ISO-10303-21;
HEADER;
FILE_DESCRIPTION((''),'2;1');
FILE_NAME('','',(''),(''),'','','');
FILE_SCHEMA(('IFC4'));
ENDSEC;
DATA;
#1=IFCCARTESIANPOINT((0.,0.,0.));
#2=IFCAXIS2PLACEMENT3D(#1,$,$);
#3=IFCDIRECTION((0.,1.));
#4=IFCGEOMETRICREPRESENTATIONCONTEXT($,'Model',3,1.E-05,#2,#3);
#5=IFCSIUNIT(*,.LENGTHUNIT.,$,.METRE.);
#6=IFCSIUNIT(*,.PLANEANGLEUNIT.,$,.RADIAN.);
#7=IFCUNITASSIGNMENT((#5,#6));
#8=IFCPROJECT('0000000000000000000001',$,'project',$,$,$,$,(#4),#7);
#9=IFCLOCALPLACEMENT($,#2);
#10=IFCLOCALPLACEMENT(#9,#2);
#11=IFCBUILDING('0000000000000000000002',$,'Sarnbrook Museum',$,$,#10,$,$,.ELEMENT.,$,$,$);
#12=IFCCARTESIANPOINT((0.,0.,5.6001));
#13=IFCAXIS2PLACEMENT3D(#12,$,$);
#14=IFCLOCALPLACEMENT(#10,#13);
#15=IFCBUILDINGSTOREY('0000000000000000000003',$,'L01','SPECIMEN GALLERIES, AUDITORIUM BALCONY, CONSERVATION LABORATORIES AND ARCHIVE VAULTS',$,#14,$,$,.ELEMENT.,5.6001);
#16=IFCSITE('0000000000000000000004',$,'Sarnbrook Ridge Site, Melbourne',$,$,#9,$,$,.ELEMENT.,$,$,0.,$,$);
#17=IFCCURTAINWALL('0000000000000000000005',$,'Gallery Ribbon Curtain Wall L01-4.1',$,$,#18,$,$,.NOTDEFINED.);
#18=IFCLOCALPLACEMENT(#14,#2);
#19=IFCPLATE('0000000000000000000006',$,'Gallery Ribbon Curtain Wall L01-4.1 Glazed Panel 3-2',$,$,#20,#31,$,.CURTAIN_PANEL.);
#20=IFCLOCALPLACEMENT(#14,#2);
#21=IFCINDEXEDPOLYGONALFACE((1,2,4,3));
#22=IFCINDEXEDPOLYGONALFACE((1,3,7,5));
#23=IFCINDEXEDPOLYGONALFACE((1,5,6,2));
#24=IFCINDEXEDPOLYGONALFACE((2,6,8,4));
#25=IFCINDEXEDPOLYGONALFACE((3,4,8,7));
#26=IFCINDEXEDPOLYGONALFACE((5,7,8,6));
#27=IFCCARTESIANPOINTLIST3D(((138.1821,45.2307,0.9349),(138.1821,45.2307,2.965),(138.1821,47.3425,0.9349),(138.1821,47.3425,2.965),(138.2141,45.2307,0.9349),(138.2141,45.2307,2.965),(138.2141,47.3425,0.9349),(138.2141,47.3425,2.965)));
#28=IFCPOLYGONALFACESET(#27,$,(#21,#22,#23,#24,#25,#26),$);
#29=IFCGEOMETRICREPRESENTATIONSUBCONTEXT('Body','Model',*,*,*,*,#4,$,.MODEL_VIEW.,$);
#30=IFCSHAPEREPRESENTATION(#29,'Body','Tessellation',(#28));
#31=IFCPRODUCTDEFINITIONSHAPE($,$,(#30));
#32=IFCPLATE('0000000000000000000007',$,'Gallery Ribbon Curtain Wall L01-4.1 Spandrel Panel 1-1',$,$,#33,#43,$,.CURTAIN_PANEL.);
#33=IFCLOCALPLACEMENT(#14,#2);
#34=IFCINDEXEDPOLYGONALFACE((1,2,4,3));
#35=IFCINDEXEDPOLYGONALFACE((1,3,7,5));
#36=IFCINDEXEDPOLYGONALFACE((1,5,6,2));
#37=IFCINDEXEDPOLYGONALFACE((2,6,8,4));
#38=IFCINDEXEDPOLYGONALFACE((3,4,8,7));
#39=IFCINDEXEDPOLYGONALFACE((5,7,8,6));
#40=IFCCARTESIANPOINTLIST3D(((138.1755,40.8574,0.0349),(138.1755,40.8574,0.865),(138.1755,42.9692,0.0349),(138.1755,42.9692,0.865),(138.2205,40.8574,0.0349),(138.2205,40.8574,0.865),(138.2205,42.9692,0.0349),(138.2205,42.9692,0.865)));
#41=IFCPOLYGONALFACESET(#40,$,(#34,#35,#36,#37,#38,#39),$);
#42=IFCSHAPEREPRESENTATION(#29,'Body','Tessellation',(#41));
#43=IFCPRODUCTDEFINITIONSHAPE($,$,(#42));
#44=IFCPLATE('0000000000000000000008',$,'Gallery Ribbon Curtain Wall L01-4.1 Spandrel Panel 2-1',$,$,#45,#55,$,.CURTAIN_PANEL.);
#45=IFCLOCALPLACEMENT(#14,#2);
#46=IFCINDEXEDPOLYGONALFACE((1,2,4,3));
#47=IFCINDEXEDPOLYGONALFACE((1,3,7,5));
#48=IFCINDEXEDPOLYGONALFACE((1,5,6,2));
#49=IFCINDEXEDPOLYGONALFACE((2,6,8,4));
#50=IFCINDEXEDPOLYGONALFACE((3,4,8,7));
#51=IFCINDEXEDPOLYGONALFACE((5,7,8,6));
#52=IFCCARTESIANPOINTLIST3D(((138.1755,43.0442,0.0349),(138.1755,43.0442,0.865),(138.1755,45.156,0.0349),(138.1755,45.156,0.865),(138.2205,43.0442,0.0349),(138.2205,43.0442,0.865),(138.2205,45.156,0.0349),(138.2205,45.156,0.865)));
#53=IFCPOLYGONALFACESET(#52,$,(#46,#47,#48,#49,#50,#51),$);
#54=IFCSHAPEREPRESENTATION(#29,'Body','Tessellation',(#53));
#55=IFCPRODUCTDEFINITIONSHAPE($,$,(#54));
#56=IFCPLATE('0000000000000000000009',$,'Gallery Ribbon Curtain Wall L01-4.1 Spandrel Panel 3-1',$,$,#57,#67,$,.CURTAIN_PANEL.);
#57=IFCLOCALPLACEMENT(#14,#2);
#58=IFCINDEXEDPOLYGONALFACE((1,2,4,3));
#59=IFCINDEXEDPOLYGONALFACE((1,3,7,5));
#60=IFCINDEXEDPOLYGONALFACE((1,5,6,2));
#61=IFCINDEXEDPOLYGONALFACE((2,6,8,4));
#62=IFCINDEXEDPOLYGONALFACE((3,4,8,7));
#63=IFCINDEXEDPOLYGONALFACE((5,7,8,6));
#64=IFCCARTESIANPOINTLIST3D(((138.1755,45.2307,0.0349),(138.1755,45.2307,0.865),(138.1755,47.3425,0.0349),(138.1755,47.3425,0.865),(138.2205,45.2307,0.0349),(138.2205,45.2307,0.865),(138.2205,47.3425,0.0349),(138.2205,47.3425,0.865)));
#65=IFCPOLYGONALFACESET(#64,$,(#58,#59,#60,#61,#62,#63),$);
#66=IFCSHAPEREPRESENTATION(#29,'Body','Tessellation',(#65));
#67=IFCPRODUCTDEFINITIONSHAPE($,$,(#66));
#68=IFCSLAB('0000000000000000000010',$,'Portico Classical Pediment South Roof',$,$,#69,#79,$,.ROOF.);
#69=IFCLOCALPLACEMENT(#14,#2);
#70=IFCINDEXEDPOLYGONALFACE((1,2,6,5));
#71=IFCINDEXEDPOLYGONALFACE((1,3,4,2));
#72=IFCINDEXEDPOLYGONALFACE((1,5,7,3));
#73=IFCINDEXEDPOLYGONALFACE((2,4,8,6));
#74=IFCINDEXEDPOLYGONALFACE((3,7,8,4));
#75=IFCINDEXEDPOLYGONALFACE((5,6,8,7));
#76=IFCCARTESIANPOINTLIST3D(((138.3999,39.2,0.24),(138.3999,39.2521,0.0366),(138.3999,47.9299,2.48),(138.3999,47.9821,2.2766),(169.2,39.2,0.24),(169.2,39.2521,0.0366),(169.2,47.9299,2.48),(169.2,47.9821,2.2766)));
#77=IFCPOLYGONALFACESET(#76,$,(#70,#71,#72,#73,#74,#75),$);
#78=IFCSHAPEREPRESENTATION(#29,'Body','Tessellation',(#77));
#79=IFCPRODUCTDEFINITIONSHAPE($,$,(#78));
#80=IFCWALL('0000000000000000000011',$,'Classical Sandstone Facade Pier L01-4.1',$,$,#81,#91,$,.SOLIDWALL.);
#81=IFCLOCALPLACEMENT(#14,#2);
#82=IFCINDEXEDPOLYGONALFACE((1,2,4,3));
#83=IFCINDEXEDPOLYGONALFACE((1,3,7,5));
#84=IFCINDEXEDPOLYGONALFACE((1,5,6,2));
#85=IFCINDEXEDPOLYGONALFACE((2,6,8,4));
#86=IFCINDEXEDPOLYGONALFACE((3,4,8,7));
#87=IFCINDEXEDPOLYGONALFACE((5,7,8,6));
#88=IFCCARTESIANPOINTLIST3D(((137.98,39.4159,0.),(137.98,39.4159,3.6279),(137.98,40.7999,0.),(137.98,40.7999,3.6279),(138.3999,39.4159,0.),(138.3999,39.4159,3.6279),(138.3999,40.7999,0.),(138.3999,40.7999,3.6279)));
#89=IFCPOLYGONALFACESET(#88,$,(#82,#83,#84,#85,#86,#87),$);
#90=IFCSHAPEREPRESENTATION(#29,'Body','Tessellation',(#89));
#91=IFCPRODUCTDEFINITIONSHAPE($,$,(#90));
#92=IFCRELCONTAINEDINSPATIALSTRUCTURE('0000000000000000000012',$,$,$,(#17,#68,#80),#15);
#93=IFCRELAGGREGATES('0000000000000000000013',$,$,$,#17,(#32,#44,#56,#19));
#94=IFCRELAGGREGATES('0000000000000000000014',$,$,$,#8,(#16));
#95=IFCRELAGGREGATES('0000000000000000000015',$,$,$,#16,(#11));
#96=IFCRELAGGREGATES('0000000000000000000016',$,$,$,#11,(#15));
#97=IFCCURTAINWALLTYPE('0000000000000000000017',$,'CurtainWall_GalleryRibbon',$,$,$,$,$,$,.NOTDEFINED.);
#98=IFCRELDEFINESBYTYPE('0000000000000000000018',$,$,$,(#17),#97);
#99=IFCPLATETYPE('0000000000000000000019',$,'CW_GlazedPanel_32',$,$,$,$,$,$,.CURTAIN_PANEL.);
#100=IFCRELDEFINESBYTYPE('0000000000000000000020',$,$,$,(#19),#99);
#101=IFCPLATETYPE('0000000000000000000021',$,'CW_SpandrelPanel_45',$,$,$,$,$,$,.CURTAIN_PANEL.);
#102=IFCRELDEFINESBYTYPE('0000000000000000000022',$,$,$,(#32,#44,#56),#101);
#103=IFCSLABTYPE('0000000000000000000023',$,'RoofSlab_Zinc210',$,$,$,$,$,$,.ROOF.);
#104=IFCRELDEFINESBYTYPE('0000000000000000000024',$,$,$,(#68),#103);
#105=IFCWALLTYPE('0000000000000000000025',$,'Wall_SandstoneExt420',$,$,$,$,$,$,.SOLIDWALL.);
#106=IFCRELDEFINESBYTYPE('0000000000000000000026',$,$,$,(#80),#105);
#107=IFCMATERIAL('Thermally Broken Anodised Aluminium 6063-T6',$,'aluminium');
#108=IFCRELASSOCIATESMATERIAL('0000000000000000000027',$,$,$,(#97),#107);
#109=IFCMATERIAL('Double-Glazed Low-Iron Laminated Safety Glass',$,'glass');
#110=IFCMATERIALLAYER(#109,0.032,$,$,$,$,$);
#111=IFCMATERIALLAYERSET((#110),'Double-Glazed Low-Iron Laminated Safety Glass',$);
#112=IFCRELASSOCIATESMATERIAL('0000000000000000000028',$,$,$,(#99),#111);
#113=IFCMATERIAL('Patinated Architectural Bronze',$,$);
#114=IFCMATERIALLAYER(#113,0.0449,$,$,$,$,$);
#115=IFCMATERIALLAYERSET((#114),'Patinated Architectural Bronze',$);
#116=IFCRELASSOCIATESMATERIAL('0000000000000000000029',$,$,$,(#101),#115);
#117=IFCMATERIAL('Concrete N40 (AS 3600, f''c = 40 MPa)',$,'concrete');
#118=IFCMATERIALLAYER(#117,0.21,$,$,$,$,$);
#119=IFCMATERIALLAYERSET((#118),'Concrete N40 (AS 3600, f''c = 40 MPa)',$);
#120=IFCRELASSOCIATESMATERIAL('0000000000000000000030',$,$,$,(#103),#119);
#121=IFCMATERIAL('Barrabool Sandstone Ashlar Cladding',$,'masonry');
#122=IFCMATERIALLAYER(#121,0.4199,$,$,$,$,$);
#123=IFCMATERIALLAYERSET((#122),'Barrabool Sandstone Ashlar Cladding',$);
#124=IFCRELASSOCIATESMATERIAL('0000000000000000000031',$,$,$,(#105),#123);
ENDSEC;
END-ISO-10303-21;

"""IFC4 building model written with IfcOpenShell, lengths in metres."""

from ifc_helpers import new_model, si_unit, direction, frame, frame_2d, origin, origin_2d, place, context, subcontext, project, spatial, polyline, rectangle, outline, extrude, material, layer, layer_set, type_object, element, aggregate, save


model = new_model("IFC4")

# Units and contexts
model_context = context("Model", 3, precision=1e-05, world=origin(), true_north=direction((0.0, 1.0)))
body_context = subcontext(model_context, "Body", "Model", "MODEL_VIEW")
ifc_project = project(units=[si_unit("LENGTHUNIT", "METRE"), si_unit("PLANEANGLEUNIT", "RADIAN")], contexts=[model_context])

# Site, building, storey
site_placement = place(None, origin())
site = spatial("IfcSite", under=ifc_project, at=site_placement, Name="Sarnbrook Ridge Site, Melbourne", CompositionType="ELEMENT", RefElevation=0.0)
building_placement = place(site_placement, origin())
building = spatial("IfcBuilding", under=site, at=building_placement, Name="Sarnbrook Museum", CompositionType="ELEMENT")
storey_placement = place(building_placement, frame((0.0, 0.0, 5.6001)))
storey = spatial("IfcBuildingStorey", under=building, at=storey_placement, Name="L01", Description="SPECIMEN GALLERIES, AUDITORIUM BALCONY, CONSERVATION LABORATORIES AND ARCHIVE VAULTS", CompositionType="ELEMENT", Elevation=5.6001)

# Curtain wall
ifc_material_1 = material(Name="Thermally Broken Anodised Aluminium 6063-T6", Category="aluminium")
curtain_wall_type = type_object("IfcCurtainWallType", Name="CurtainWall_GalleryRibbon", PredefinedType="NOTDEFINED", material=ifc_material_1)
curtain_wall_placement = place(storey_placement, origin())
curtain_wall = element("IfcCurtainWall", 1, at=curtain_wall_placement, inside=storey, type_object=curtain_wall_type, Name="Gallery Ribbon Curtain Wall L01-4.1", PredefinedType="NOTDEFINED")

# Plates
ifc_material_2 = material(Name="Double-Glazed Low-Iron Laminated Safety Glass", Category="glass")
ifc_layer_1 = layer(ifc_material_2, 0.032)
ifc_layer_set_1 = layer_set([ifc_layer_1], Name="Double-Glazed Low-Iron Laminated Safety Glass")
plate_type_1 = type_object("IfcPlateType", Name="CW_GlazedPanel_32", PredefinedType="CURTAIN_PANEL", material=ifc_layer_set_1)
plate_1_placement = place(storey_placement, frame((138.1821, 46.2866, 1.95), z_axis=(1.0, 0.0, 0.0), x_axis=(0.0, 1.0, 0.0)))
plate_1 = element("IfcPlate", 2, at=plate_1_placement, type_object=plate_type_1, Name="Gallery Ribbon Curtain Wall L01-4.1 Glazed Panel 3-2", PredefinedType="CURTAIN_PANEL", context=body_context, shape_type="SweptSolid", body=[
    extrude(rectangle(XDim=2.1118, YDim=2.03, at=origin_2d()), origin(), (0.0, 0.0, 1.0), 0.032),
])
ifc_material_3 = material(Name="Patinated Architectural Bronze")
ifc_layer_2 = layer(ifc_material_3, 0.0449)
ifc_layer_set_2 = layer_set([ifc_layer_2], Name="Patinated Architectural Bronze")
plate_type_2 = type_object("IfcPlateType", Name="CW_SpandrelPanel_45", PredefinedType="CURTAIN_PANEL", material=ifc_layer_set_2)
plate_2_placement = place(storey_placement, frame((138.1755, 41.9133, 0.45), z_axis=(1.0, 0.0, 0.0), x_axis=(0.0, 1.0, 0.0)))
plate_2 = element("IfcPlate", 3, at=plate_2_placement, type_object=plate_type_2, Name="Gallery Ribbon Curtain Wall L01-4.1 Spandrel Panel 1-1", PredefinedType="CURTAIN_PANEL", context=body_context, shape_type="SweptSolid", body=[
    extrude(rectangle(XDim=2.1118, YDim=0.8301, at=origin_2d()), origin(), (0.0, 0.0, 1.0), 0.0449),
])
plate_3_placement = place(storey_placement, frame((138.1755, 44.1001, 0.45), z_axis=(1.0, 0.0, 0.0), x_axis=(0.0, 1.0, 0.0)))
plate_3 = element("IfcPlate", 4, at=plate_3_placement, type_object=plate_type_2, Name="Gallery Ribbon Curtain Wall L01-4.1 Spandrel Panel 2-1", PredefinedType="CURTAIN_PANEL", context=body_context, shape_type="SweptSolid", body=[
    extrude(rectangle(XDim=2.1118, YDim=0.8301, at=origin_2d()), origin(), (0.0, 0.0, 1.0), 0.0449),
])
plate_4_placement = place(storey_placement, frame((138.1755, 46.2866, 0.45), z_axis=(1.0, 0.0, 0.0), x_axis=(0.0, 1.0, 0.0)))
plate_4 = element("IfcPlate", 5, at=plate_4_placement, type_object=plate_type_2, Name="Gallery Ribbon Curtain Wall L01-4.1 Spandrel Panel 3-1", PredefinedType="CURTAIN_PANEL", context=body_context, shape_type="SweptSolid", body=[
    extrude(rectangle(XDim=2.1118, YDim=0.8301, at=origin_2d()), origin(), (0.0, 0.0, 1.0), 0.0449),
])
aggregate(curtain_wall, [plate_2, plate_3, plate_4, plate_1])

# Slab
ifc_material_4 = material(Name="Concrete N40 (AS 3600, f'c = 40 MPa)", Category="concrete")
ifc_layer_3 = layer(ifc_material_4, 0.21)
ifc_layer_set_3 = layer_set([ifc_layer_3], Name="Concrete N40 (AS 3600, f'c = 40 MPa)")
slab_type = type_object("IfcSlabType", Name="RoofSlab_Zinc210", PredefinedType="ROOF", material=ifc_layer_set_3)
slab_placement = place(storey_placement, frame((138.3999, 39.2, 0.24), z_axis=(0.0, -0.248535, 0.968623), x_axis=(1.0, 0.0, 0.0)))
element("IfcSlab", 6, at=slab_placement, inside=storey, type_object=slab_type, Name="Portico Classical Pediment South Roof", PredefinedType="ROOF", context=body_context, shape_type="SweptSolid", body=[
    extrude(outline(polyline([(0.0, 0.0), (30.8, 0.0), (30.8, 9.0128), (0.0, 9.0128), (0.0, 0.0)])), origin(), (0.0, 0.0, -1.0), 0.21),
])

# Wall
ifc_material_5 = material(Name="Barrabool Sandstone Ashlar Cladding", Category="masonry")
ifc_layer_4 = layer(ifc_material_5, 0.4199)
ifc_layer_set_4 = layer_set([ifc_layer_4], Name="Barrabool Sandstone Ashlar Cladding")
wall_type = type_object("IfcWallType", Name="Wall_SandstoneExt420", PredefinedType="SOLIDWALL", material=ifc_layer_set_4)
wall_placement = place(storey_placement, frame((138.1899, 39.416, 0.0), z_axis=(0.0, 0.0, 1.0), x_axis=(0.0, 1.0, 0.0)))
element("IfcWall", 7, at=wall_placement, inside=storey, type_object=wall_type, Name="Classical Sandstone Facade Pier L01-4.1", PredefinedType="SOLIDWALL", context=body_context, shape_type="SweptSolid", body=[
    extrude(rectangle(XDim=1.384, YDim=0.4199, at=frame_2d((0.6919, 0.0))), origin(), (0.0, 0.0, 1.0), 3.6279),
])

save(model, "model.ifc")
